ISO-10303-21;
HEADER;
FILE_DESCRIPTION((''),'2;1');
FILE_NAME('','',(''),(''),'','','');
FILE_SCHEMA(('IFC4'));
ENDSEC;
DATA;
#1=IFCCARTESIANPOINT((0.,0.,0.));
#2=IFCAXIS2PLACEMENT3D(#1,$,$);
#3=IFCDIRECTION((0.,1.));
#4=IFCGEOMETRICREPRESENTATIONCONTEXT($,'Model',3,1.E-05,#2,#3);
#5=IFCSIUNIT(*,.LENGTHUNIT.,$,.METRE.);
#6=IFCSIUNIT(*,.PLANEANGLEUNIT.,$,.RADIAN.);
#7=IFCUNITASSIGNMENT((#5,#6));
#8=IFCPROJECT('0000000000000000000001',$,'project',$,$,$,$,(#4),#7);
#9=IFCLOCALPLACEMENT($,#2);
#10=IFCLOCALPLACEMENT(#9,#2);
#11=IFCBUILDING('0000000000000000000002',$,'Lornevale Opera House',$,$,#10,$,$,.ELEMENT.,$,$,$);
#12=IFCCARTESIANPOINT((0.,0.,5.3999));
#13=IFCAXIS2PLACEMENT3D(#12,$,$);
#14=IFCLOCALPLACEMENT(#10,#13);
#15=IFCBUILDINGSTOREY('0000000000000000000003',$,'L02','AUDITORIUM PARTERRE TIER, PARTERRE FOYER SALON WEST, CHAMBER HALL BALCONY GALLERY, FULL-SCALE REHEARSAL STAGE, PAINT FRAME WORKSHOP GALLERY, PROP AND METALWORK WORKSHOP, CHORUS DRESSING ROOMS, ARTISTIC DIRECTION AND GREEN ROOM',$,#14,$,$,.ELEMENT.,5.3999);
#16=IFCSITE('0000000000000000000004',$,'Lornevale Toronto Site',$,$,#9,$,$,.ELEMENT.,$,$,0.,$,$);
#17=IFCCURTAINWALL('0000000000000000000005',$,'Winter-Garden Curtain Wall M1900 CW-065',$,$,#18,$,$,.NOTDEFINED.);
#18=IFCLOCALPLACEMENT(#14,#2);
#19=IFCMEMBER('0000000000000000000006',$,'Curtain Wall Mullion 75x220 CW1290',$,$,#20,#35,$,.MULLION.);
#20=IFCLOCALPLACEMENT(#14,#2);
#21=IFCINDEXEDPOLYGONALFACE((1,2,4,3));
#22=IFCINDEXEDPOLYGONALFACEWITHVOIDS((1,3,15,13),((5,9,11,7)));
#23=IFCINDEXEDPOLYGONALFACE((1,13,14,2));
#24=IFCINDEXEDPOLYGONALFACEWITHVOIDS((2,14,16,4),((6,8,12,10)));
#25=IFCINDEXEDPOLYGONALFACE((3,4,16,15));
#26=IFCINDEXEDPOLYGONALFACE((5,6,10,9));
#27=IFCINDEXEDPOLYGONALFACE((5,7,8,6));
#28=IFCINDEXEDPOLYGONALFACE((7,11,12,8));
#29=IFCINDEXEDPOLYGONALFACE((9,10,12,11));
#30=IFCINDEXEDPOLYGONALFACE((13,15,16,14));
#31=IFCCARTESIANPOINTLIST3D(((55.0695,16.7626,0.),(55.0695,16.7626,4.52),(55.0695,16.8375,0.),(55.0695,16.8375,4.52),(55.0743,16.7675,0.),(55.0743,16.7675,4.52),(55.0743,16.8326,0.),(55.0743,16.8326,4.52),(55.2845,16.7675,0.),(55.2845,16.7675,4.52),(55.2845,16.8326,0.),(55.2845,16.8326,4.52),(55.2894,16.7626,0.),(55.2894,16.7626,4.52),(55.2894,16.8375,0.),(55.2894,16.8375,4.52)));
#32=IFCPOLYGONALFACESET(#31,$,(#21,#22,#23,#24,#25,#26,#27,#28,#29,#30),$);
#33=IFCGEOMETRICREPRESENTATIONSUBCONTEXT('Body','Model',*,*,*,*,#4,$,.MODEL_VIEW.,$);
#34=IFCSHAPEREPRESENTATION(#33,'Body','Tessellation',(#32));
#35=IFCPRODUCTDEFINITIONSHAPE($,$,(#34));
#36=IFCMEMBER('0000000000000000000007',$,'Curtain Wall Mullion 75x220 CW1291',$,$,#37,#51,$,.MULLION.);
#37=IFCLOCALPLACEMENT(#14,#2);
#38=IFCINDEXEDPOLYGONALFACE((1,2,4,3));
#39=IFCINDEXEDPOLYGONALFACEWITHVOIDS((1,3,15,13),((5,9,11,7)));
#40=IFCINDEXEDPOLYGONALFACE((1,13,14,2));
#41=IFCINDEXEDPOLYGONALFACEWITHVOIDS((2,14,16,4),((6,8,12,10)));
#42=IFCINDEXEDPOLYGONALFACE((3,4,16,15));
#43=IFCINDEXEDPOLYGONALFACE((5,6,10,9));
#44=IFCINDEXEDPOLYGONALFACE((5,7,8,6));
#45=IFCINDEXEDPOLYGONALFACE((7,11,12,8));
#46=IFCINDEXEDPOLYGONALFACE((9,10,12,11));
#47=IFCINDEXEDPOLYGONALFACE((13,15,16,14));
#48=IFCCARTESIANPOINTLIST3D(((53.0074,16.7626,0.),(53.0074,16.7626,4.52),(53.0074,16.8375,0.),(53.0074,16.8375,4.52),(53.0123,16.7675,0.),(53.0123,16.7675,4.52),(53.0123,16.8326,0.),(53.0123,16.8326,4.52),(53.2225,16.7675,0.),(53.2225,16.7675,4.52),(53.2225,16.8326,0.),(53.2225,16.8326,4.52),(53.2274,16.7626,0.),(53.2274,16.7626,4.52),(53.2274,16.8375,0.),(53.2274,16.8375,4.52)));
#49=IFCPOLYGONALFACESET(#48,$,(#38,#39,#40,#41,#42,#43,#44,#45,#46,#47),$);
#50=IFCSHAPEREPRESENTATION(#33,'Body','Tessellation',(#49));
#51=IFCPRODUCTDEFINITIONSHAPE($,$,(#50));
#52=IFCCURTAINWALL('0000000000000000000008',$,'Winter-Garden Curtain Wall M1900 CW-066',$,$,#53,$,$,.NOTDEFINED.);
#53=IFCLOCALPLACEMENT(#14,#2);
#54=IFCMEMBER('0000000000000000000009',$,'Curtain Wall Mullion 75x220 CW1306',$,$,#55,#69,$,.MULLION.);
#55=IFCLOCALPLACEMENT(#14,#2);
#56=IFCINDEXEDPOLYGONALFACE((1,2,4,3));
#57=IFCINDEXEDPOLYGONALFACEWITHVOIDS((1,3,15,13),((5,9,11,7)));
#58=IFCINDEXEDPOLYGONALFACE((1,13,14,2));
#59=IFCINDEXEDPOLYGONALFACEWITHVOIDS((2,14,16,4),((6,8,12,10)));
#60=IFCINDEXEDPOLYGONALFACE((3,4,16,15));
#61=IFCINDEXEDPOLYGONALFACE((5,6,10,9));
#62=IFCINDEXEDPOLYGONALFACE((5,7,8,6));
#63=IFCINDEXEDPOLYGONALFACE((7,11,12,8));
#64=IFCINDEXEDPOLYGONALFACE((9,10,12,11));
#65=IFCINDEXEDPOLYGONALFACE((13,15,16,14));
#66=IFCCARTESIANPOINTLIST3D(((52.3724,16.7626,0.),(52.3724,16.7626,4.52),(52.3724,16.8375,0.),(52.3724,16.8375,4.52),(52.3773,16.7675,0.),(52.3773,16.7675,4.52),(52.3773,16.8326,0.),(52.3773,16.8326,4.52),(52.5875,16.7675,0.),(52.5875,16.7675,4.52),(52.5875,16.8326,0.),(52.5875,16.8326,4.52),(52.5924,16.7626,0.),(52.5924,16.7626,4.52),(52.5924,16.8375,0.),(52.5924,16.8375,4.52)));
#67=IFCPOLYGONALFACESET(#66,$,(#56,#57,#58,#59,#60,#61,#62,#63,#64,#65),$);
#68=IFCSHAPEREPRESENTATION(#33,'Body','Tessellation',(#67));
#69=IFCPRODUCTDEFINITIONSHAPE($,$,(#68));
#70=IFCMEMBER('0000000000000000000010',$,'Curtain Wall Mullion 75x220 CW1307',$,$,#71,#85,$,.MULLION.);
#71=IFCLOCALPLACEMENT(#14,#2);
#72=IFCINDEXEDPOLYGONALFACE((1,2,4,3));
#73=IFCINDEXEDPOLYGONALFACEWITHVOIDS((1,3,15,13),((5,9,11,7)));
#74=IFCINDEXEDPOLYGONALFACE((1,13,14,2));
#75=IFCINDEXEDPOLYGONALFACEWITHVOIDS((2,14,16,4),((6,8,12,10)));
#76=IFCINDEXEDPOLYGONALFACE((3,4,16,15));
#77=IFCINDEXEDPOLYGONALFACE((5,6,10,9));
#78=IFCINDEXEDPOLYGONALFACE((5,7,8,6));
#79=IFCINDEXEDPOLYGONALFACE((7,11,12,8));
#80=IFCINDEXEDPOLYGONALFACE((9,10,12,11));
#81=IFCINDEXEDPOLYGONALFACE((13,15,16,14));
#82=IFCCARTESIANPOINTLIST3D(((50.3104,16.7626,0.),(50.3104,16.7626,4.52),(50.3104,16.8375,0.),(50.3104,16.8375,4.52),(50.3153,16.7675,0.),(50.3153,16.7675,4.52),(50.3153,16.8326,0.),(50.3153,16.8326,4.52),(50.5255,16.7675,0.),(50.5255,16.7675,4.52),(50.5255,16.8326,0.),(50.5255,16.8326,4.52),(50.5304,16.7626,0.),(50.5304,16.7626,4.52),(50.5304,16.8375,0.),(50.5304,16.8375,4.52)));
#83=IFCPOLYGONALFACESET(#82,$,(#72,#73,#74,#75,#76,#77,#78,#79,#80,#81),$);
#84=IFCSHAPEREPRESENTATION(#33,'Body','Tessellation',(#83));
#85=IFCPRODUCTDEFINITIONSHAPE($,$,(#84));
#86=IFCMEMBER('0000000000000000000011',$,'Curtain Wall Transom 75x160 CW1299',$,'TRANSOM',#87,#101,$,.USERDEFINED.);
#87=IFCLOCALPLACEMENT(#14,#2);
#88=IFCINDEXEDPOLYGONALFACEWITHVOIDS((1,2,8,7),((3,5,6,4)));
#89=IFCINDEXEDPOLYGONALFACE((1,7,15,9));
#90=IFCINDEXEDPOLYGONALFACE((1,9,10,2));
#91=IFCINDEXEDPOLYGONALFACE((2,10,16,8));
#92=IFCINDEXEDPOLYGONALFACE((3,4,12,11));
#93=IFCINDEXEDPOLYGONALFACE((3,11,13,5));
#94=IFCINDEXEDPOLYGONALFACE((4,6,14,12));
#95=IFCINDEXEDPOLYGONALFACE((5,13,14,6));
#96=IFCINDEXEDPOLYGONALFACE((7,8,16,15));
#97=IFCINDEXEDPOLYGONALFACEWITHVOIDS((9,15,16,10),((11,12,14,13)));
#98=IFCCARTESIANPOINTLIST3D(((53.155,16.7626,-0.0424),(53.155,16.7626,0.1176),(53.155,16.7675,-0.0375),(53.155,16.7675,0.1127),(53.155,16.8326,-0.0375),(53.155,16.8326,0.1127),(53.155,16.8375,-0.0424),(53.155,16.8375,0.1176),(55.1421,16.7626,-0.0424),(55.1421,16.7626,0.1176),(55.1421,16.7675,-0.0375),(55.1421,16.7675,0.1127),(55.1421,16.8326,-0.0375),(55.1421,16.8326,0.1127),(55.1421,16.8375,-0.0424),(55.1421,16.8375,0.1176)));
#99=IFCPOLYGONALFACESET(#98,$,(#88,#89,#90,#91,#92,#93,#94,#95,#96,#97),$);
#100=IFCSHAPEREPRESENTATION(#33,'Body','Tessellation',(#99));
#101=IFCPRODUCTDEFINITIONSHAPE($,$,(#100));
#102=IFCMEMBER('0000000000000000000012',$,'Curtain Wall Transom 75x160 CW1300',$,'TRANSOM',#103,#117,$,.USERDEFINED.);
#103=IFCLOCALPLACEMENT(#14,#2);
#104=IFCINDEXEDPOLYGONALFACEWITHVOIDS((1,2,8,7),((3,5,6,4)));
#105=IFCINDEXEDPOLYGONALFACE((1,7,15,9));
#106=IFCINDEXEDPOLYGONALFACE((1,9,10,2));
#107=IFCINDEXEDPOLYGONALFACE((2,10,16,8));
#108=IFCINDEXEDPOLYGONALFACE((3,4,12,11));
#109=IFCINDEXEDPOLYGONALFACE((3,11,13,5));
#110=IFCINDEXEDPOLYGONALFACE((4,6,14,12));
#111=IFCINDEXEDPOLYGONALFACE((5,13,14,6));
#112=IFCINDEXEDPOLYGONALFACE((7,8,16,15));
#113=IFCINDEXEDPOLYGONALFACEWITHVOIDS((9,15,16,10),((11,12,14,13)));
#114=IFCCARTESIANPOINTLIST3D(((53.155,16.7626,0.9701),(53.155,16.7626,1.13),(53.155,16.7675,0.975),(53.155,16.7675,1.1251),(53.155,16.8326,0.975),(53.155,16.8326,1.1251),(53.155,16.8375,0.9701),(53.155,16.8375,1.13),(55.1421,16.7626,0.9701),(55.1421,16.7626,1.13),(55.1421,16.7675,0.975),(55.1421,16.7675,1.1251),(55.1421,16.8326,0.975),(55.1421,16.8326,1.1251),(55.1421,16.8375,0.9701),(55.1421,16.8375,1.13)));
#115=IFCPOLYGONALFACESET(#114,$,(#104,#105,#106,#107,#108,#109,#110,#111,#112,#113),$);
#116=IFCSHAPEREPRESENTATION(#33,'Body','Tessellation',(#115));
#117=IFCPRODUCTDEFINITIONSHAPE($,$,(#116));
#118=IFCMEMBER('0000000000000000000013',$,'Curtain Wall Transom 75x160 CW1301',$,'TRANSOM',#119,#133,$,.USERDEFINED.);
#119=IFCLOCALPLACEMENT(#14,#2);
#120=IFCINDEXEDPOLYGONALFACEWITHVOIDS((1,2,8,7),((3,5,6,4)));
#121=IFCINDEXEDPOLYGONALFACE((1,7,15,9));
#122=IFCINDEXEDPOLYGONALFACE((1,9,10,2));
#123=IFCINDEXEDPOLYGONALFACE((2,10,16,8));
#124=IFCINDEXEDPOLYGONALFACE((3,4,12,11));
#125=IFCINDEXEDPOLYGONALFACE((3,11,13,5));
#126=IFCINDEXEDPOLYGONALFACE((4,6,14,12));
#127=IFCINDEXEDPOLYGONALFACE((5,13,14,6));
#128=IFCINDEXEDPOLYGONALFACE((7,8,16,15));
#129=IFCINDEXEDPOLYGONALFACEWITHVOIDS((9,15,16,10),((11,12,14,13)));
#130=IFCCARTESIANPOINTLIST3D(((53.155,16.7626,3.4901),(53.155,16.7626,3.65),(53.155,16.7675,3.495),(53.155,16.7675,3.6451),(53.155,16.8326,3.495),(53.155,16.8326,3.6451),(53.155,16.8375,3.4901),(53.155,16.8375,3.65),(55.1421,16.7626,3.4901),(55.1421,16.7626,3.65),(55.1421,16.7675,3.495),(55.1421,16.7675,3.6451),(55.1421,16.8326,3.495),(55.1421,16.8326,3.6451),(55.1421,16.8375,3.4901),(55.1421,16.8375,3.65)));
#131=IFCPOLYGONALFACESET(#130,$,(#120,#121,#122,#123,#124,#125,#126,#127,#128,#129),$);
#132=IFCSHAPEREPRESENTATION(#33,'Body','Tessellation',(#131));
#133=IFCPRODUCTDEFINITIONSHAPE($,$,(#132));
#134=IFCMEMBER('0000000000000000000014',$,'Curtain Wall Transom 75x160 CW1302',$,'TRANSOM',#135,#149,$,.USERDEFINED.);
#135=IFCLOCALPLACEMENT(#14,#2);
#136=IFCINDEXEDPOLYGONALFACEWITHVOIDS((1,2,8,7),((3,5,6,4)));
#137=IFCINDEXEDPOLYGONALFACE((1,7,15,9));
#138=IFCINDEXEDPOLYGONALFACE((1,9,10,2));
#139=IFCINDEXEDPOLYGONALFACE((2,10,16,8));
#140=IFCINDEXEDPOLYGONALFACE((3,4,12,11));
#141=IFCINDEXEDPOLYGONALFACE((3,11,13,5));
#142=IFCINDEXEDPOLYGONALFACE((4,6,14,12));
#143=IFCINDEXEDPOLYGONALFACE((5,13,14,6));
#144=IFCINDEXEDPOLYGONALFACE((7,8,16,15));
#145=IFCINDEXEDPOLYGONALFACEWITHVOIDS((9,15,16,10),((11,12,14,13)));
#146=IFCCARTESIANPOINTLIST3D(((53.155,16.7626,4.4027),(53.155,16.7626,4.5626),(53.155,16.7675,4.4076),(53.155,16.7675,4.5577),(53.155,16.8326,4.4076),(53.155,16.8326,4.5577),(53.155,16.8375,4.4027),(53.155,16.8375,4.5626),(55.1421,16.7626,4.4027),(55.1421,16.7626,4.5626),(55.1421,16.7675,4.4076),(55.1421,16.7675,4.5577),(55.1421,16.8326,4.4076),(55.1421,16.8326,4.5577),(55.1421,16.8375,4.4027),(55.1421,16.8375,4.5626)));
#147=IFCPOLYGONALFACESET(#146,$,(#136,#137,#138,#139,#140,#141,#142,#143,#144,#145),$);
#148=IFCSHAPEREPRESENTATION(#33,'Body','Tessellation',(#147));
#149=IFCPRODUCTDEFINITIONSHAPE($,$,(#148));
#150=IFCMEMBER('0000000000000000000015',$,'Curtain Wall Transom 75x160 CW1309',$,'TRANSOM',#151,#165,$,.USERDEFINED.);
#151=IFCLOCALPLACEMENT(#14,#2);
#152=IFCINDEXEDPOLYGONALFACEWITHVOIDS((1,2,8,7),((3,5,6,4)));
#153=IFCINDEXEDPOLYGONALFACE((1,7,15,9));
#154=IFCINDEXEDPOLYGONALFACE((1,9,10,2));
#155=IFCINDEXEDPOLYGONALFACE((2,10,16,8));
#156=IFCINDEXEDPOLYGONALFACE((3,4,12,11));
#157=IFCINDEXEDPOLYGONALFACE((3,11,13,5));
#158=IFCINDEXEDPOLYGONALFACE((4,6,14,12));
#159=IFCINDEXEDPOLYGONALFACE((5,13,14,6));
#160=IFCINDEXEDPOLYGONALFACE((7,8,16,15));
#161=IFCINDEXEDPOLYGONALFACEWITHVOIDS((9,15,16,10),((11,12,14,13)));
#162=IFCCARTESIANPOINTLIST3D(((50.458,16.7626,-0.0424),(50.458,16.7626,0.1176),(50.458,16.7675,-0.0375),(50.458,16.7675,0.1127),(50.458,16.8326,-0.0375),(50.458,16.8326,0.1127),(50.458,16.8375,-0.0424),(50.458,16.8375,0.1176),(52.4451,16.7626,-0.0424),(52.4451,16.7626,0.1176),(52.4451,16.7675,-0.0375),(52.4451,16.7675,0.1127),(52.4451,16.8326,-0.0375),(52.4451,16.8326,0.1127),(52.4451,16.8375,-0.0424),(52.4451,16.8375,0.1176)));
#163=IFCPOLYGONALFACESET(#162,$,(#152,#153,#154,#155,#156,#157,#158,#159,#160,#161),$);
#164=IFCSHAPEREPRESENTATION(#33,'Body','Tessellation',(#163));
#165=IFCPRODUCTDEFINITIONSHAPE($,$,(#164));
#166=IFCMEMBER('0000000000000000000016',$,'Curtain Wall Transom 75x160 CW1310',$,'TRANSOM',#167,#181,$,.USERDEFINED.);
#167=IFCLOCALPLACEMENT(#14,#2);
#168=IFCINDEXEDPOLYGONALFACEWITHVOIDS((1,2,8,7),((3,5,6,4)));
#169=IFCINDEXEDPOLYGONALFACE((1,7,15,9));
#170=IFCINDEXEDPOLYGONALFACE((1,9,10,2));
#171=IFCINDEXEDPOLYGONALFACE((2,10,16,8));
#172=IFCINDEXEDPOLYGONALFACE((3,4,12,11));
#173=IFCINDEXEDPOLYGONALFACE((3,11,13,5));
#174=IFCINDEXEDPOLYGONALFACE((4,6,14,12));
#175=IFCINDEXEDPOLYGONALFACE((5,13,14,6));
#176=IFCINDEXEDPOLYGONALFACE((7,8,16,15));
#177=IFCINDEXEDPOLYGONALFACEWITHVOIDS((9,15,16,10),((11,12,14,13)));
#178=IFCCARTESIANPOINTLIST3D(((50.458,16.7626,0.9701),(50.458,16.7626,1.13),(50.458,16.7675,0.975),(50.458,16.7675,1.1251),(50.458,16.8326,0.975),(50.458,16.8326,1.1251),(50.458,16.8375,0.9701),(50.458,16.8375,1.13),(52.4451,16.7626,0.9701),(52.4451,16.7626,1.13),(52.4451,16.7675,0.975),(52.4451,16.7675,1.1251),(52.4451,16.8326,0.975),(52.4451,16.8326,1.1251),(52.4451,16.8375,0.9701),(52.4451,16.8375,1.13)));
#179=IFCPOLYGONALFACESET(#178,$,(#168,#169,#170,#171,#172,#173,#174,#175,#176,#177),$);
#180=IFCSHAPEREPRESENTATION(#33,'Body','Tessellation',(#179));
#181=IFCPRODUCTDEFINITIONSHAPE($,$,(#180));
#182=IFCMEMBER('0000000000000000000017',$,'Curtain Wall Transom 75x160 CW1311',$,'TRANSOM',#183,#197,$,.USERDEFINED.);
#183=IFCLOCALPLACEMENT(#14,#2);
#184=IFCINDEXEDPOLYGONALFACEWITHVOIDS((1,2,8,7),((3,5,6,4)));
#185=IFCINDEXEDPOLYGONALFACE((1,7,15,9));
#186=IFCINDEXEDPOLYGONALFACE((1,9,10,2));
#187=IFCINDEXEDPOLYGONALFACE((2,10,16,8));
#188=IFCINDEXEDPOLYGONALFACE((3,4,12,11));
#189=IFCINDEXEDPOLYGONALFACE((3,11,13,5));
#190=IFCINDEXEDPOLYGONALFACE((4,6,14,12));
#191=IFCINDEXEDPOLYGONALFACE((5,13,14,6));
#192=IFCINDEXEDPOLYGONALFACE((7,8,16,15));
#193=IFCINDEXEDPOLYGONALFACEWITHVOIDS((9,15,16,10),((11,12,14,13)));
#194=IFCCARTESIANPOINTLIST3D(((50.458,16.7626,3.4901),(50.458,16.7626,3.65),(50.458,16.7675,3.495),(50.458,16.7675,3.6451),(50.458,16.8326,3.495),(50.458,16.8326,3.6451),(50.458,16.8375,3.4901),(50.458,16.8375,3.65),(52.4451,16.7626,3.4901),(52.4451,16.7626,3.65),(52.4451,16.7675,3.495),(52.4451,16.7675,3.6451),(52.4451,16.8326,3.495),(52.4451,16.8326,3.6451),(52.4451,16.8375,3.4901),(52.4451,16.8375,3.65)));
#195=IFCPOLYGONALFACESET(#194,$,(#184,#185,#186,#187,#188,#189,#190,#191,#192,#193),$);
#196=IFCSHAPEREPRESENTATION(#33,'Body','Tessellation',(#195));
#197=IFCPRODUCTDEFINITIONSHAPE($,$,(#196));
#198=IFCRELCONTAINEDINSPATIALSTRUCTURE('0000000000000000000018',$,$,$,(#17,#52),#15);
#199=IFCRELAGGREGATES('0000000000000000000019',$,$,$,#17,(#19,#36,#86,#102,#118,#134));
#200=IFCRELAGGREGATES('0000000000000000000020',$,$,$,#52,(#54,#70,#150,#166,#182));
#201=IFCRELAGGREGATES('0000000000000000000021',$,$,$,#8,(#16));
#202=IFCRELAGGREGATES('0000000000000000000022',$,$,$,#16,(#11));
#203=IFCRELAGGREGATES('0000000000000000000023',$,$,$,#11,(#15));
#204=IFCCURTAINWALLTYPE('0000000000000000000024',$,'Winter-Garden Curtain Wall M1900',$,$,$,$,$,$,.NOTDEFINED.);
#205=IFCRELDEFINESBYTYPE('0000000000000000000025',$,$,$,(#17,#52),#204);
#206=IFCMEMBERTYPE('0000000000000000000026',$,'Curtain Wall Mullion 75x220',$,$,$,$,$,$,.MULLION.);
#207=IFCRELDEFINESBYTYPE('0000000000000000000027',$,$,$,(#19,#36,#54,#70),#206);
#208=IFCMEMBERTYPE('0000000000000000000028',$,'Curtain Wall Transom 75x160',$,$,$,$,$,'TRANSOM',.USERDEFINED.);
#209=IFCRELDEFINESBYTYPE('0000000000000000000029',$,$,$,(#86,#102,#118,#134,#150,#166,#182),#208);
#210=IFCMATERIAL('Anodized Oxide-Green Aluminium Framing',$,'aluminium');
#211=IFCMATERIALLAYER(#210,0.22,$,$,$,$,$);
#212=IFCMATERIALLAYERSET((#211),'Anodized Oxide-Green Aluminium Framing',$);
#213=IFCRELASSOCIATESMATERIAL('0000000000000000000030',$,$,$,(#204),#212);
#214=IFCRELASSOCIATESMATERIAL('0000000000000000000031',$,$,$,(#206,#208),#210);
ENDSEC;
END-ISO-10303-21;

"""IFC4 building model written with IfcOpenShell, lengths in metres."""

from ifc_helpers import new_model, si_unit, direction, frame, origin, origin_2d, place, context, subcontext, project, spatial, hollow_rectangle, extrude, material, layer, layer_set, material_profile, profile_set, type_object, element, aggregate, save


model = new_model("IFC4")

# Units and contexts
model_context = context("Model", 3, precision=1e-05, world=origin(), true_north=direction((0.0, 1.0)))
body_context = subcontext(model_context, "Body", "Model", "MODEL_VIEW")
ifc_project = project(units=[si_unit("LENGTHUNIT", "METRE"), si_unit("PLANEANGLEUNIT", "RADIAN")], contexts=[model_context])

# Site, building, storey
site_placement = place(None, origin())
site = spatial("IfcSite", under=ifc_project, at=site_placement, Name="Lornevale Toronto Site", CompositionType="ELEMENT", RefElevation=0.0)
building_placement = place(site_placement, origin())
building = spatial("IfcBuilding", under=site, at=building_placement, Name="Lornevale Opera House", CompositionType="ELEMENT")
storey_placement = place(building_placement, frame((0.0, 0.0, 5.3999)))
storey = spatial("IfcBuildingStorey", under=building, at=storey_placement, Name="L02", Description="AUDITORIUM PARTERRE TIER, PARTERRE FOYER SALON WEST, CHAMBER HALL BALCONY GALLERY, FULL-SCALE REHEARSAL STAGE, PAINT FRAME WORKSHOP GALLERY, PROP AND METALWORK WORKSHOP, CHORUS DRESSING ROOMS, ARTISTIC DIRECTION AND GREEN ROOM", CompositionType="ELEMENT", Elevation=5.3999)

# Curtain walls, members
ifc_material_1 = material(Name="Anodized Oxide-Green Aluminium Framing", Category="aluminium")
ifc_layer_1 = layer(ifc_material_1, 0.22)
ifc_layer_set_1 = layer_set([ifc_layer_1], Name="Anodized Oxide-Green Aluminium Framing")
curtain_wall_type = type_object("IfcCurtainWallType", Name="Winter-Garden Curtain Wall M1900", PredefinedType="NOTDEFINED", material=ifc_layer_set_1)
curtain_wall_1_placement = place(storey_placement, origin())
curtain_wall_1 = element("IfcCurtainWall", 1, at=curtain_wall_1_placement, inside=storey, type_object=curtain_wall_type, Name="Winter-Garden Curtain Wall M1900 CW-065", PredefinedType="NOTDEFINED")
ifc_material_profile_1 = material_profile(ifc_material_1, hollow_rectangle(XDim=0.075, YDim=0.22, WallThickness=0.0049, at=origin_2d()), Name="ALU75x220x5")
ifc_profile_set_1 = profile_set([ifc_material_profile_1], Name="Anodized Oxide-Green Aluminium Framing")
member_type_1 = type_object("IfcMemberType", Name="Curtain Wall Mullion 75x220", PredefinedType="MULLION", material=ifc_profile_set_1)
member_1_placement = place(storey_placement, frame((55.1794, 16.8, 0.0), z_axis=(0.0, 0.0, 1.0), x_axis=(0.0, -1.0, 0.0)))
member_1 = element("IfcMember", 2, at=member_1_placement, type_object=member_type_1, Name="Curtain Wall Mullion 75x220 CW1290", PredefinedType="MULLION", context=body_context, shape_type="SweptSolid", body=[
    extrude(hollow_rectangle(XDim=0.075, YDim=0.22, WallThickness=0.0049, at=origin_2d()), origin(), (0.0, 0.0, 1.0), 4.52),
])
member_2_placement = place(storey_placement, frame((53.1174, 16.8, 0.0), z_axis=(0.0, 0.0, 1.0), x_axis=(0.0, -1.0, 0.0)))
member_2 = element("IfcMember", 3, at=member_2_placement, type_object=member_type_1, Name="Curtain Wall Mullion 75x220 CW1291", PredefinedType="MULLION", context=body_context, shape_type="SweptSolid", body=[
    extrude(hollow_rectangle(XDim=0.075, YDim=0.22, WallThickness=0.0049, at=origin_2d()), origin(), (0.0, 0.0, 1.0), 4.52),
])
curtain_wall_2_placement = place(storey_placement, origin())
curtain_wall_2 = element("IfcCurtainWall", 4, at=curtain_wall_2_placement, inside=storey, type_object=curtain_wall_type, Name="Winter-Garden Curtain Wall M1900 CW-066", PredefinedType="NOTDEFINED")
member_3_placement = place(storey_placement, frame((52.4824, 16.8, 0.0), z_axis=(0.0, 0.0, 1.0), x_axis=(0.0, -1.0, 0.0)))
member_3 = element("IfcMember", 5, at=member_3_placement, type_object=member_type_1, Name="Curtain Wall Mullion 75x220 CW1306", PredefinedType="MULLION", context=body_context, shape_type="SweptSolid", body=[
    extrude(hollow_rectangle(XDim=0.075, YDim=0.22, WallThickness=0.0049, at=origin_2d()), origin(), (0.0, 0.0, 1.0), 4.52),
])
member_4_placement = place(storey_placement, frame((50.4204, 16.8, 0.0), z_axis=(0.0, 0.0, 1.0), x_axis=(0.0, -1.0, 0.0)))
member_4 = element("IfcMember", 6, at=member_4_placement, type_object=member_type_1, Name="Curtain Wall Mullion 75x220 CW1307", PredefinedType="MULLION", context=body_context, shape_type="SweptSolid", body=[
    extrude(hollow_rectangle(XDim=0.075, YDim=0.22, WallThickness=0.0049, at=origin_2d()), origin(), (0.0, 0.0, 1.0), 4.52),
])

# Members
ifc_material_profile_2 = material_profile(ifc_material_1, hollow_rectangle(XDim=0.075, YDim=0.1599, WallThickness=0.0049, at=origin_2d()), Name="ALU75x160x5")
ifc_profile_set_2 = profile_set([ifc_material_profile_2], Name="Anodized Oxide-Green Aluminium Framing")
member_type_2 = type_object("IfcMemberType", Name="Curtain Wall Transom 75x160", ElementType="TRANSOM", PredefinedType="USERDEFINED", material=ifc_profile_set_2)
member_5_placement = place(storey_placement, frame((55.1421, 16.8, 0.0376), z_axis=(-1.0, 0.0, 0.0), x_axis=(0.0, -1.0, 0.0)))
member_5 = element("IfcMember", 7, at=member_5_placement, type_object=member_type_2, Name="Curtain Wall Transom 75x160 CW1299", ObjectType="TRANSOM", PredefinedType="USERDEFINED", context=body_context, shape_type="SweptSolid", body=[
    extrude(hollow_rectangle(XDim=0.075, YDim=0.1599, WallThickness=0.0049, at=origin_2d()), origin(), (0.0, 0.0, 1.0), 1.9871),
])
member_6_placement = place(storey_placement, frame((55.1421, 16.8, 1.05), z_axis=(-1.0, 0.0, 0.0), x_axis=(0.0, -1.0, 0.0)))
member_6 = element("IfcMember", 8, at=member_6_placement, type_object=member_type_2, Name="Curtain Wall Transom 75x160 CW1300", ObjectType="TRANSOM", PredefinedType="USERDEFINED", context=body_context, shape_type="SweptSolid", body=[
    extrude(hollow_rectangle(XDim=0.075, YDim=0.1599, WallThickness=0.0049, at=origin_2d()), origin(), (0.0, 0.0, 1.0), 1.9871),
])
member_7_placement = place(storey_placement, frame((55.1421, 16.8, 3.5701), z_axis=(-1.0, 0.0, 0.0), x_axis=(0.0, -1.0, 0.0)))
member_7 = element("IfcMember", 9, at=member_7_placement, type_object=member_type_2, Name="Curtain Wall Transom 75x160 CW1301", ObjectType="TRANSOM", PredefinedType="USERDEFINED", context=body_context, shape_type="SweptSolid", body=[
    extrude(hollow_rectangle(XDim=0.075, YDim=0.1599, WallThickness=0.0049, at=origin_2d()), origin(), (0.0, 0.0, 1.0), 1.9871),
])
member_8_placement = place(storey_placement, frame((55.1421, 16.8, 4.4827), z_axis=(-1.0, 0.0, 0.0), x_axis=(0.0, -1.0, 0.0)))
member_8 = element("IfcMember", 10, at=member_8_placement, type_object=member_type_2, Name="Curtain Wall Transom 75x160 CW1302", ObjectType="TRANSOM", PredefinedType="USERDEFINED", context=body_context, shape_type="SweptSolid", body=[
    extrude(hollow_rectangle(XDim=0.075, YDim=0.1599, WallThickness=0.0049, at=origin_2d()), origin(), (0.0, 0.0, 1.0), 1.9871),
])
member_9_placement = place(storey_placement, frame((52.4451, 16.8, 0.0376), z_axis=(-1.0, 0.0, 0.0), x_axis=(0.0, -1.0, 0.0)))
member_9 = element("IfcMember", 11, at=member_9_placement, type_object=member_type_2, Name="Curtain Wall Transom 75x160 CW1309", ObjectType="TRANSOM", PredefinedType="USERDEFINED", context=body_context, shape_type="SweptSolid", body=[
    extrude(hollow_rectangle(XDim=0.075, YDim=0.1599, WallThickness=0.0049, at=origin_2d()), origin(), (0.0, 0.0, 1.0), 1.9871),
])
member_10_placement = place(storey_placement, frame((52.4451, 16.8, 1.05), z_axis=(-1.0, 0.0, 0.0), x_axis=(0.0, -1.0, 0.0)))
member_10 = element("IfcMember", 12, at=member_10_placement, type_object=member_type_2, Name="Curtain Wall Transom 75x160 CW1310", ObjectType="TRANSOM", PredefinedType="USERDEFINED", context=body_context, shape_type="SweptSolid", body=[
    extrude(hollow_rectangle(XDim=0.075, YDim=0.1599, WallThickness=0.0049, at=origin_2d()), origin(), (0.0, 0.0, 1.0), 1.9871),
])
member_11_placement = place(storey_placement, frame((52.4451, 16.8, 3.5701), z_axis=(-1.0, 0.0, 0.0), x_axis=(0.0, -1.0, 0.0)))
member_11 = element("IfcMember", 13, at=member_11_placement, type_object=member_type_2, Name="Curtain Wall Transom 75x160 CW1311", ObjectType="TRANSOM", PredefinedType="USERDEFINED", context=body_context, shape_type="SweptSolid", body=[
    extrude(hollow_rectangle(XDim=0.075, YDim=0.1599, WallThickness=0.0049, at=origin_2d()), origin(), (0.0, 0.0, 1.0), 1.9871),
])

aggregate(curtain_wall_1, [member_1, member_2, member_5, member_6, member_7, member_8])
aggregate(curtain_wall_2, [member_3, member_4, member_9, member_10, member_11])

save(model, "model.ifc")
